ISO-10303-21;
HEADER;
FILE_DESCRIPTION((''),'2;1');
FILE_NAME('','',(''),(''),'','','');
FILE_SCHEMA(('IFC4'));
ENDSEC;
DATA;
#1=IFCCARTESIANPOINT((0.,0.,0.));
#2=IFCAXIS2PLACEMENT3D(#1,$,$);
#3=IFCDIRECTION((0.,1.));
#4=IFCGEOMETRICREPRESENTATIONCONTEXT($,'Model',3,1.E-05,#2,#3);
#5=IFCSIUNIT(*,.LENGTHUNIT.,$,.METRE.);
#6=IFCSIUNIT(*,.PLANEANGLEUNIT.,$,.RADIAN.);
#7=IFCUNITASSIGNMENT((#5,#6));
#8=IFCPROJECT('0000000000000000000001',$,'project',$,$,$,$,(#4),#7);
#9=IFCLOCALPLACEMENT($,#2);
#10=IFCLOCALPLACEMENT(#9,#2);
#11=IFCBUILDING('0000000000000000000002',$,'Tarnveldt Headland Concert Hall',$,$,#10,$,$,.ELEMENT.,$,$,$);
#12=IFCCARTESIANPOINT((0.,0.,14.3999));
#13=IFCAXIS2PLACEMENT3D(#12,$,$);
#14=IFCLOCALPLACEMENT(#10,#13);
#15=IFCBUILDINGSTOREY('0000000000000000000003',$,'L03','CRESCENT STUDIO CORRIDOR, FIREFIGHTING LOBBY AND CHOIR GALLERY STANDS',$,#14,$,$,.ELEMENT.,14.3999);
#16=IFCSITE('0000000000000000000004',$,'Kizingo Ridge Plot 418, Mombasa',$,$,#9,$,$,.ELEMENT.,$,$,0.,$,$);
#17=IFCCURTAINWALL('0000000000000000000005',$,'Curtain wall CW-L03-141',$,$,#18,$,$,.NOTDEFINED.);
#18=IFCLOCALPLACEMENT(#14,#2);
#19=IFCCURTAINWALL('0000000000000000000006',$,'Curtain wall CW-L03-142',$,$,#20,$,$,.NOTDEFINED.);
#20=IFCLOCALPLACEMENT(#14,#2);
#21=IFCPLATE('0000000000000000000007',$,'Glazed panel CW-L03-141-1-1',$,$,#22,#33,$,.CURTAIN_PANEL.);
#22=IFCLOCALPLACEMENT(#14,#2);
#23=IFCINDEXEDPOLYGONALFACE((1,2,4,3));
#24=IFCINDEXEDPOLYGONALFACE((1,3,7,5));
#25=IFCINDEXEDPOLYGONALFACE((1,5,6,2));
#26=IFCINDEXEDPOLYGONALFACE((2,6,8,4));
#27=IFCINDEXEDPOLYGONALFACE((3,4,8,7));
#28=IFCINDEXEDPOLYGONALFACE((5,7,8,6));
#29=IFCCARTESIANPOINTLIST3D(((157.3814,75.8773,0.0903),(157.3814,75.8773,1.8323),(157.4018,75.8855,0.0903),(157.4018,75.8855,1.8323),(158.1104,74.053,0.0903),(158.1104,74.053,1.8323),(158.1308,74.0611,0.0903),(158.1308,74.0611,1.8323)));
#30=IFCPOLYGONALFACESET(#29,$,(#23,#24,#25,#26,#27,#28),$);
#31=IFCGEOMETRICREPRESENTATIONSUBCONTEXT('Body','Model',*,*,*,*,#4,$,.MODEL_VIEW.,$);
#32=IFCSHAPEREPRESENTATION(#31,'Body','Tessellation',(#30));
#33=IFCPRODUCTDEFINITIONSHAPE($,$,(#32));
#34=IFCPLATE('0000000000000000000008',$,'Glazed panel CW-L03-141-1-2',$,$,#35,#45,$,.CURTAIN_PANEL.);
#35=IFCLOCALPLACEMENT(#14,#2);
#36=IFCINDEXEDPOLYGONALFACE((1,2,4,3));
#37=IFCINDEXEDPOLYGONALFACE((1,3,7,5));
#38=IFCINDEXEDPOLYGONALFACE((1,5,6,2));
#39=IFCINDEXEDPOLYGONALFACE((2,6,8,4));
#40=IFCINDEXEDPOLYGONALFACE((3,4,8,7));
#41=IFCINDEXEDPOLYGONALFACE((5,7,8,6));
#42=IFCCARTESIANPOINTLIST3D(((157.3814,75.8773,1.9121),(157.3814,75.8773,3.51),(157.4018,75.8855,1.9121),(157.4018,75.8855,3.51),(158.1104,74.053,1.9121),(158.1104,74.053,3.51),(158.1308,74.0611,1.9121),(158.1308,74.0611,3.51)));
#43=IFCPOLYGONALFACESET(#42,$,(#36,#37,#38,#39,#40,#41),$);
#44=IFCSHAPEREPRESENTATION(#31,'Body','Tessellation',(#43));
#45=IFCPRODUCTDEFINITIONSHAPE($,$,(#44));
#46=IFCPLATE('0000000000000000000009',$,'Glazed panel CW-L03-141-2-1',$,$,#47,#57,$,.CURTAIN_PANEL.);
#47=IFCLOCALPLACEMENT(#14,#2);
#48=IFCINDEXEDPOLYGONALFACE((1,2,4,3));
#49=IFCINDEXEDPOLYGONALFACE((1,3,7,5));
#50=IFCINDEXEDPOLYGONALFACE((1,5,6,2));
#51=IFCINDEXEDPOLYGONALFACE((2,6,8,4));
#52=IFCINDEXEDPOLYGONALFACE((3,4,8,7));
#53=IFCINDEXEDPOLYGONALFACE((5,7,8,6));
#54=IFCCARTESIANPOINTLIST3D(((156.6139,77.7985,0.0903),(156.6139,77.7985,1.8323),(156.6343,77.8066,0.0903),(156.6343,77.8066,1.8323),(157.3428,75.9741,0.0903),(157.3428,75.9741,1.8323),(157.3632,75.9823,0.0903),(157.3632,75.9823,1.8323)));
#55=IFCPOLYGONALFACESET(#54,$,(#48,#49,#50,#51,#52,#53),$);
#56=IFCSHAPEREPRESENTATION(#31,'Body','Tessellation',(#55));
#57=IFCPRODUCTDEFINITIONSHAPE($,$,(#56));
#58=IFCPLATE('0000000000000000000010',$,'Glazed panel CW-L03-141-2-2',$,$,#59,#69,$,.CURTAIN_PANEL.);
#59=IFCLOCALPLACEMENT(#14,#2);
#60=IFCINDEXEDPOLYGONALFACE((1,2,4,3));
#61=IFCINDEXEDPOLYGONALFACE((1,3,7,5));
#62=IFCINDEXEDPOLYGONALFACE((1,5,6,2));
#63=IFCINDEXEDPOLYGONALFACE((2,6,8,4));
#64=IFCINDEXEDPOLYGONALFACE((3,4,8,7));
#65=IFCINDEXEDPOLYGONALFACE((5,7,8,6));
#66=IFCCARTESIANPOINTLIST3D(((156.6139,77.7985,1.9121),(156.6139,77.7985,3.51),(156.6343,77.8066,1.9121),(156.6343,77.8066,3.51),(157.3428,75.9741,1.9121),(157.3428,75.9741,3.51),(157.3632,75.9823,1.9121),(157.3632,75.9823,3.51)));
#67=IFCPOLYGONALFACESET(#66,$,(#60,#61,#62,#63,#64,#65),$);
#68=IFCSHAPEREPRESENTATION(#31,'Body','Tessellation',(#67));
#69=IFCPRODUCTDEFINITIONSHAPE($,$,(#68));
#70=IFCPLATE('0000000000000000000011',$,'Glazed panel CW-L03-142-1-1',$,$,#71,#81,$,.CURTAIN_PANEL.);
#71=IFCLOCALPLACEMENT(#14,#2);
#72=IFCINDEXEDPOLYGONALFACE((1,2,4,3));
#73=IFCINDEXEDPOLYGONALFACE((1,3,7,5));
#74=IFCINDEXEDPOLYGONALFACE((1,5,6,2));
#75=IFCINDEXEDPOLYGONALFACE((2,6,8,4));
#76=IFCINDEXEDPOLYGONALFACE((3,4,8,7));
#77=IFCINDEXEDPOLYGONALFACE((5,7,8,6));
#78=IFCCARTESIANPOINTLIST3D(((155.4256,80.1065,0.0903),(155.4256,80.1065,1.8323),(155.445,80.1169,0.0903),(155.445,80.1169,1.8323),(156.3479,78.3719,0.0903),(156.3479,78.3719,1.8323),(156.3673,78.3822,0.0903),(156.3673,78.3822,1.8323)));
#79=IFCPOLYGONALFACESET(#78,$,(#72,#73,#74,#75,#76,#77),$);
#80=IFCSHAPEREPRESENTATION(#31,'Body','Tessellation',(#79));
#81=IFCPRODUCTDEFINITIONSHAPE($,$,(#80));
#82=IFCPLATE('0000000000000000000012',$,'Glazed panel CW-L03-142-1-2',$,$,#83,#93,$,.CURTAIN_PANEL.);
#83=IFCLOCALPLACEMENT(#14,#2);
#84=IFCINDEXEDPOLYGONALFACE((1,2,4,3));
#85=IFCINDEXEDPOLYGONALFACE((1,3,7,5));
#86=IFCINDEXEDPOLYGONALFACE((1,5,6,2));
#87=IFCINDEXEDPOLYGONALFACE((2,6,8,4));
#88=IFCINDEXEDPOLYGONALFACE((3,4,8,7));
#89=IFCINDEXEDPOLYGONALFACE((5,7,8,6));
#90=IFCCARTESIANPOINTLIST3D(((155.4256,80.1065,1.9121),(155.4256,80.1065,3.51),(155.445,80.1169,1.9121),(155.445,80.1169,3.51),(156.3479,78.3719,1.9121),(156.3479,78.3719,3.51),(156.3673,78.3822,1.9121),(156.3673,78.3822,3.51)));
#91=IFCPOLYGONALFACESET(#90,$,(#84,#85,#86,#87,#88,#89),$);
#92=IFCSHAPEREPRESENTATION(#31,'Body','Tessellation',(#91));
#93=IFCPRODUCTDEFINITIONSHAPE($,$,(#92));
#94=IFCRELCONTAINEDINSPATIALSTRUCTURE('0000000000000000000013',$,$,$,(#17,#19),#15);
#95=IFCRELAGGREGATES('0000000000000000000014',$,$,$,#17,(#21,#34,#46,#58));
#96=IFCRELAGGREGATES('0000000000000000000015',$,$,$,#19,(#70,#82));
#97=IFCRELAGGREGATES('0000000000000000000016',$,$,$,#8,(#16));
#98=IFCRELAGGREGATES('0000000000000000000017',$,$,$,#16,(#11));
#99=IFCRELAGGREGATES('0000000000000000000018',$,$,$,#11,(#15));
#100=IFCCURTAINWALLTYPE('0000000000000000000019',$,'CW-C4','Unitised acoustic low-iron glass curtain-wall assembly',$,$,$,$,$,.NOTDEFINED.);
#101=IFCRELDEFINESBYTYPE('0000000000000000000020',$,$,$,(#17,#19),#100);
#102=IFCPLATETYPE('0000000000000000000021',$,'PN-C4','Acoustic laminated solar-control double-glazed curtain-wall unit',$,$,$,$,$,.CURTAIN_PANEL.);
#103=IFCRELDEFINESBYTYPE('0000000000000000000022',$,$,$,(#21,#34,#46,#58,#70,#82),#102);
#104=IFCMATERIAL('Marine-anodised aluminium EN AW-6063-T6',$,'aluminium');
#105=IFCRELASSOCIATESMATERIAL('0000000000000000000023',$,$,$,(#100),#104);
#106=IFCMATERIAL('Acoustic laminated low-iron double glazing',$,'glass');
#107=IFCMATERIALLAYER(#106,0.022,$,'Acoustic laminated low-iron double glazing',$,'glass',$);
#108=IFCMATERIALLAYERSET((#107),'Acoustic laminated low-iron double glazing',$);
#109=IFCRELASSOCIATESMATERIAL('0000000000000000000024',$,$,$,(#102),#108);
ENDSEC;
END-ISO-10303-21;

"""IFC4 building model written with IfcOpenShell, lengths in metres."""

from ifc_helpers import new_model, si_unit, direction, frame, origin, origin_2d, place, context, subcontext, project, spatial, rectangle, extrude, material, layer, layer_set, type_object, element, aggregate, save


model = new_model("IFC4")

# Units and contexts
model_context = context("Model", 3, precision=1e-05, world=origin(), true_north=direction((0.0, 1.0)))
body_context = subcontext(model_context, "Body", "Model", "MODEL_VIEW")
ifc_project = project(units=[si_unit("LENGTHUNIT", "METRE"), si_unit("PLANEANGLEUNIT", "RADIAN")], contexts=[model_context])

# Site, building, storey
site_placement = place(None, origin())
site = spatial("IfcSite", under=ifc_project, at=site_placement, Name="Kizingo Ridge Plot 418, Mombasa", CompositionType="ELEMENT", RefElevation=0.0)
building_placement = place(site_placement, origin())
building = spatial("IfcBuilding", under=site, at=building_placement, Name="Tarnveldt Headland Concert Hall", CompositionType="ELEMENT")
storey_placement = place(building_placement, frame((0.0, 0.0, 14.3999)))
storey = spatial("IfcBuildingStorey", under=building, at=storey_placement, Name="L03", Description="CRESCENT STUDIO CORRIDOR, FIREFIGHTING LOBBY AND CHOIR GALLERY STANDS", CompositionType="ELEMENT", Elevation=14.3999)

# Shared definitions
ifc_material_1 = material(Name="Marine-anodised aluminium EN AW-6063-T6", Category="aluminium")
curtain_wall_type = type_object("IfcCurtainWallType", Name="CW-C4", Description="Unitised acoustic low-iron glass curtain-wall assembly", PredefinedType="NOTDEFINED", material=ifc_material_1)

# Curtain wall
curtain_wall_1_placement = place(storey_placement, origin())
curtain_wall_1 = element("IfcCurtainWall", 1, at=curtain_wall_1_placement, inside=storey, type_object=curtain_wall_type, Name="Curtain wall CW-L03-141", PredefinedType="NOTDEFINED")

# Curtain wall
curtain_wall_2_placement = place(storey_placement, origin())
curtain_wall_2 = element("IfcCurtainWall", 2, at=curtain_wall_2_placement, inside=storey, type_object=curtain_wall_type, Name="Curtain wall CW-L03-142", PredefinedType="NOTDEFINED")

# Plates
ifc_material_2 = material(Name="Acoustic laminated low-iron double glazing", Category="glass")
ifc_layer = layer(ifc_material_2, 0.022, Name="Acoustic laminated low-iron double glazing", Category="glass")
ifc_layer_set = layer_set([ifc_layer], Name="Acoustic laminated low-iron double glazing")
plate_type = type_object("IfcPlateType", Name="PN-C4", Description="Acoustic laminated solar-control double-glazed curtain-wall unit", PredefinedType="CURTAIN_PANEL", material=ifc_layer_set)
plate_1_placement = place(storey_placement, frame((157.7561, 74.9692, 0.0903), z_axis=(0.0, 0.0, 1.0), x_axis=(-0.371028, 0.928622, 0.0)))
plate_1 = element("IfcPlate", 3, at=plate_1_placement, type_object=plate_type, Name="Glazed panel CW-L03-141-1-1", PredefinedType="CURTAIN_PANEL", context=body_context, shape_type="SweptSolid", body=[
    extrude(rectangle(XDim=1.9646, YDim=0.022, at=origin_2d()), origin(), (0.0, 0.0, 1.0), 1.7419),
])
plate_2_placement = place(storey_placement, frame((157.7561, 74.9692, 1.9121), z_axis=(0.0, 0.0, 1.0), x_axis=(-0.371028, 0.928622, 0.0)))
plate_2 = element("IfcPlate", 4, at=plate_2_placement, type_object=plate_type, Name="Glazed panel CW-L03-141-1-2", PredefinedType="CURTAIN_PANEL", context=body_context, shape_type="SweptSolid", body=[
    extrude(rectangle(XDim=1.9646, YDim=0.022, at=origin_2d()), origin(), (0.0, 0.0, 1.0), 1.5979),
])
plate_3_placement = place(storey_placement, frame((156.9885, 76.8904, 0.0903), z_axis=(0.0, 0.0, 1.0), x_axis=(-0.371028, 0.928622, 0.0)))
plate_3 = element("IfcPlate", 5, at=plate_3_placement, type_object=plate_type, Name="Glazed panel CW-L03-141-2-1", PredefinedType="CURTAIN_PANEL", context=body_context, shape_type="SweptSolid", body=[
    extrude(rectangle(XDim=1.9646, YDim=0.022, at=origin_2d()), origin(), (0.0, 0.0, 1.0), 1.7419),
])
plate_4_placement = place(storey_placement, frame((156.9885, 76.8904, 1.9121), z_axis=(0.0, 0.0, 1.0), x_axis=(-0.371028, 0.928622, 0.0)))
plate_4 = element("IfcPlate", 6, at=plate_4_placement, type_object=plate_type, Name="Glazed panel CW-L03-141-2-2", PredefinedType="CURTAIN_PANEL", context=body_context, shape_type="SweptSolid", body=[
    extrude(rectangle(XDim=1.9646, YDim=0.022, at=origin_2d()), origin(), (0.0, 0.0, 1.0), 1.5979),
])
aggregate(curtain_wall_1, [plate_1, plate_2, plate_3, plate_4])
plate_5_placement = place(storey_placement, frame((155.8965, 79.2444, 0.0903), z_axis=(0.0, 0.0, 1.0), x_axis=(-0.469472, 0.882948, 0.0)))
plate_5 = element("IfcPlate", 7, at=plate_5_placement, type_object=plate_type, Name="Glazed panel CW-L03-142-1-1", PredefinedType="CURTAIN_PANEL", context=body_context, shape_type="SweptSolid", body=[
    extrude(rectangle(XDim=1.9646, YDim=0.022, at=origin_2d()), origin(), (0.0, 0.0, 1.0), 1.7419),
])
plate_6_placement = place(storey_placement, frame((155.8965, 79.2444, 1.9121), z_axis=(0.0, 0.0, 1.0), x_axis=(-0.469472, 0.882948, 0.0)))
plate_6 = element("IfcPlate", 8, at=plate_6_placement, type_object=plate_type, Name="Glazed panel CW-L03-142-1-2", PredefinedType="CURTAIN_PANEL", context=body_context, shape_type="SweptSolid", body=[
    extrude(rectangle(XDim=1.9646, YDim=0.022, at=origin_2d()), origin(), (0.0, 0.0, 1.0), 1.5979),
])
aggregate(curtain_wall_2, [plate_5, plate_6])

save(model, "model.ifc")
